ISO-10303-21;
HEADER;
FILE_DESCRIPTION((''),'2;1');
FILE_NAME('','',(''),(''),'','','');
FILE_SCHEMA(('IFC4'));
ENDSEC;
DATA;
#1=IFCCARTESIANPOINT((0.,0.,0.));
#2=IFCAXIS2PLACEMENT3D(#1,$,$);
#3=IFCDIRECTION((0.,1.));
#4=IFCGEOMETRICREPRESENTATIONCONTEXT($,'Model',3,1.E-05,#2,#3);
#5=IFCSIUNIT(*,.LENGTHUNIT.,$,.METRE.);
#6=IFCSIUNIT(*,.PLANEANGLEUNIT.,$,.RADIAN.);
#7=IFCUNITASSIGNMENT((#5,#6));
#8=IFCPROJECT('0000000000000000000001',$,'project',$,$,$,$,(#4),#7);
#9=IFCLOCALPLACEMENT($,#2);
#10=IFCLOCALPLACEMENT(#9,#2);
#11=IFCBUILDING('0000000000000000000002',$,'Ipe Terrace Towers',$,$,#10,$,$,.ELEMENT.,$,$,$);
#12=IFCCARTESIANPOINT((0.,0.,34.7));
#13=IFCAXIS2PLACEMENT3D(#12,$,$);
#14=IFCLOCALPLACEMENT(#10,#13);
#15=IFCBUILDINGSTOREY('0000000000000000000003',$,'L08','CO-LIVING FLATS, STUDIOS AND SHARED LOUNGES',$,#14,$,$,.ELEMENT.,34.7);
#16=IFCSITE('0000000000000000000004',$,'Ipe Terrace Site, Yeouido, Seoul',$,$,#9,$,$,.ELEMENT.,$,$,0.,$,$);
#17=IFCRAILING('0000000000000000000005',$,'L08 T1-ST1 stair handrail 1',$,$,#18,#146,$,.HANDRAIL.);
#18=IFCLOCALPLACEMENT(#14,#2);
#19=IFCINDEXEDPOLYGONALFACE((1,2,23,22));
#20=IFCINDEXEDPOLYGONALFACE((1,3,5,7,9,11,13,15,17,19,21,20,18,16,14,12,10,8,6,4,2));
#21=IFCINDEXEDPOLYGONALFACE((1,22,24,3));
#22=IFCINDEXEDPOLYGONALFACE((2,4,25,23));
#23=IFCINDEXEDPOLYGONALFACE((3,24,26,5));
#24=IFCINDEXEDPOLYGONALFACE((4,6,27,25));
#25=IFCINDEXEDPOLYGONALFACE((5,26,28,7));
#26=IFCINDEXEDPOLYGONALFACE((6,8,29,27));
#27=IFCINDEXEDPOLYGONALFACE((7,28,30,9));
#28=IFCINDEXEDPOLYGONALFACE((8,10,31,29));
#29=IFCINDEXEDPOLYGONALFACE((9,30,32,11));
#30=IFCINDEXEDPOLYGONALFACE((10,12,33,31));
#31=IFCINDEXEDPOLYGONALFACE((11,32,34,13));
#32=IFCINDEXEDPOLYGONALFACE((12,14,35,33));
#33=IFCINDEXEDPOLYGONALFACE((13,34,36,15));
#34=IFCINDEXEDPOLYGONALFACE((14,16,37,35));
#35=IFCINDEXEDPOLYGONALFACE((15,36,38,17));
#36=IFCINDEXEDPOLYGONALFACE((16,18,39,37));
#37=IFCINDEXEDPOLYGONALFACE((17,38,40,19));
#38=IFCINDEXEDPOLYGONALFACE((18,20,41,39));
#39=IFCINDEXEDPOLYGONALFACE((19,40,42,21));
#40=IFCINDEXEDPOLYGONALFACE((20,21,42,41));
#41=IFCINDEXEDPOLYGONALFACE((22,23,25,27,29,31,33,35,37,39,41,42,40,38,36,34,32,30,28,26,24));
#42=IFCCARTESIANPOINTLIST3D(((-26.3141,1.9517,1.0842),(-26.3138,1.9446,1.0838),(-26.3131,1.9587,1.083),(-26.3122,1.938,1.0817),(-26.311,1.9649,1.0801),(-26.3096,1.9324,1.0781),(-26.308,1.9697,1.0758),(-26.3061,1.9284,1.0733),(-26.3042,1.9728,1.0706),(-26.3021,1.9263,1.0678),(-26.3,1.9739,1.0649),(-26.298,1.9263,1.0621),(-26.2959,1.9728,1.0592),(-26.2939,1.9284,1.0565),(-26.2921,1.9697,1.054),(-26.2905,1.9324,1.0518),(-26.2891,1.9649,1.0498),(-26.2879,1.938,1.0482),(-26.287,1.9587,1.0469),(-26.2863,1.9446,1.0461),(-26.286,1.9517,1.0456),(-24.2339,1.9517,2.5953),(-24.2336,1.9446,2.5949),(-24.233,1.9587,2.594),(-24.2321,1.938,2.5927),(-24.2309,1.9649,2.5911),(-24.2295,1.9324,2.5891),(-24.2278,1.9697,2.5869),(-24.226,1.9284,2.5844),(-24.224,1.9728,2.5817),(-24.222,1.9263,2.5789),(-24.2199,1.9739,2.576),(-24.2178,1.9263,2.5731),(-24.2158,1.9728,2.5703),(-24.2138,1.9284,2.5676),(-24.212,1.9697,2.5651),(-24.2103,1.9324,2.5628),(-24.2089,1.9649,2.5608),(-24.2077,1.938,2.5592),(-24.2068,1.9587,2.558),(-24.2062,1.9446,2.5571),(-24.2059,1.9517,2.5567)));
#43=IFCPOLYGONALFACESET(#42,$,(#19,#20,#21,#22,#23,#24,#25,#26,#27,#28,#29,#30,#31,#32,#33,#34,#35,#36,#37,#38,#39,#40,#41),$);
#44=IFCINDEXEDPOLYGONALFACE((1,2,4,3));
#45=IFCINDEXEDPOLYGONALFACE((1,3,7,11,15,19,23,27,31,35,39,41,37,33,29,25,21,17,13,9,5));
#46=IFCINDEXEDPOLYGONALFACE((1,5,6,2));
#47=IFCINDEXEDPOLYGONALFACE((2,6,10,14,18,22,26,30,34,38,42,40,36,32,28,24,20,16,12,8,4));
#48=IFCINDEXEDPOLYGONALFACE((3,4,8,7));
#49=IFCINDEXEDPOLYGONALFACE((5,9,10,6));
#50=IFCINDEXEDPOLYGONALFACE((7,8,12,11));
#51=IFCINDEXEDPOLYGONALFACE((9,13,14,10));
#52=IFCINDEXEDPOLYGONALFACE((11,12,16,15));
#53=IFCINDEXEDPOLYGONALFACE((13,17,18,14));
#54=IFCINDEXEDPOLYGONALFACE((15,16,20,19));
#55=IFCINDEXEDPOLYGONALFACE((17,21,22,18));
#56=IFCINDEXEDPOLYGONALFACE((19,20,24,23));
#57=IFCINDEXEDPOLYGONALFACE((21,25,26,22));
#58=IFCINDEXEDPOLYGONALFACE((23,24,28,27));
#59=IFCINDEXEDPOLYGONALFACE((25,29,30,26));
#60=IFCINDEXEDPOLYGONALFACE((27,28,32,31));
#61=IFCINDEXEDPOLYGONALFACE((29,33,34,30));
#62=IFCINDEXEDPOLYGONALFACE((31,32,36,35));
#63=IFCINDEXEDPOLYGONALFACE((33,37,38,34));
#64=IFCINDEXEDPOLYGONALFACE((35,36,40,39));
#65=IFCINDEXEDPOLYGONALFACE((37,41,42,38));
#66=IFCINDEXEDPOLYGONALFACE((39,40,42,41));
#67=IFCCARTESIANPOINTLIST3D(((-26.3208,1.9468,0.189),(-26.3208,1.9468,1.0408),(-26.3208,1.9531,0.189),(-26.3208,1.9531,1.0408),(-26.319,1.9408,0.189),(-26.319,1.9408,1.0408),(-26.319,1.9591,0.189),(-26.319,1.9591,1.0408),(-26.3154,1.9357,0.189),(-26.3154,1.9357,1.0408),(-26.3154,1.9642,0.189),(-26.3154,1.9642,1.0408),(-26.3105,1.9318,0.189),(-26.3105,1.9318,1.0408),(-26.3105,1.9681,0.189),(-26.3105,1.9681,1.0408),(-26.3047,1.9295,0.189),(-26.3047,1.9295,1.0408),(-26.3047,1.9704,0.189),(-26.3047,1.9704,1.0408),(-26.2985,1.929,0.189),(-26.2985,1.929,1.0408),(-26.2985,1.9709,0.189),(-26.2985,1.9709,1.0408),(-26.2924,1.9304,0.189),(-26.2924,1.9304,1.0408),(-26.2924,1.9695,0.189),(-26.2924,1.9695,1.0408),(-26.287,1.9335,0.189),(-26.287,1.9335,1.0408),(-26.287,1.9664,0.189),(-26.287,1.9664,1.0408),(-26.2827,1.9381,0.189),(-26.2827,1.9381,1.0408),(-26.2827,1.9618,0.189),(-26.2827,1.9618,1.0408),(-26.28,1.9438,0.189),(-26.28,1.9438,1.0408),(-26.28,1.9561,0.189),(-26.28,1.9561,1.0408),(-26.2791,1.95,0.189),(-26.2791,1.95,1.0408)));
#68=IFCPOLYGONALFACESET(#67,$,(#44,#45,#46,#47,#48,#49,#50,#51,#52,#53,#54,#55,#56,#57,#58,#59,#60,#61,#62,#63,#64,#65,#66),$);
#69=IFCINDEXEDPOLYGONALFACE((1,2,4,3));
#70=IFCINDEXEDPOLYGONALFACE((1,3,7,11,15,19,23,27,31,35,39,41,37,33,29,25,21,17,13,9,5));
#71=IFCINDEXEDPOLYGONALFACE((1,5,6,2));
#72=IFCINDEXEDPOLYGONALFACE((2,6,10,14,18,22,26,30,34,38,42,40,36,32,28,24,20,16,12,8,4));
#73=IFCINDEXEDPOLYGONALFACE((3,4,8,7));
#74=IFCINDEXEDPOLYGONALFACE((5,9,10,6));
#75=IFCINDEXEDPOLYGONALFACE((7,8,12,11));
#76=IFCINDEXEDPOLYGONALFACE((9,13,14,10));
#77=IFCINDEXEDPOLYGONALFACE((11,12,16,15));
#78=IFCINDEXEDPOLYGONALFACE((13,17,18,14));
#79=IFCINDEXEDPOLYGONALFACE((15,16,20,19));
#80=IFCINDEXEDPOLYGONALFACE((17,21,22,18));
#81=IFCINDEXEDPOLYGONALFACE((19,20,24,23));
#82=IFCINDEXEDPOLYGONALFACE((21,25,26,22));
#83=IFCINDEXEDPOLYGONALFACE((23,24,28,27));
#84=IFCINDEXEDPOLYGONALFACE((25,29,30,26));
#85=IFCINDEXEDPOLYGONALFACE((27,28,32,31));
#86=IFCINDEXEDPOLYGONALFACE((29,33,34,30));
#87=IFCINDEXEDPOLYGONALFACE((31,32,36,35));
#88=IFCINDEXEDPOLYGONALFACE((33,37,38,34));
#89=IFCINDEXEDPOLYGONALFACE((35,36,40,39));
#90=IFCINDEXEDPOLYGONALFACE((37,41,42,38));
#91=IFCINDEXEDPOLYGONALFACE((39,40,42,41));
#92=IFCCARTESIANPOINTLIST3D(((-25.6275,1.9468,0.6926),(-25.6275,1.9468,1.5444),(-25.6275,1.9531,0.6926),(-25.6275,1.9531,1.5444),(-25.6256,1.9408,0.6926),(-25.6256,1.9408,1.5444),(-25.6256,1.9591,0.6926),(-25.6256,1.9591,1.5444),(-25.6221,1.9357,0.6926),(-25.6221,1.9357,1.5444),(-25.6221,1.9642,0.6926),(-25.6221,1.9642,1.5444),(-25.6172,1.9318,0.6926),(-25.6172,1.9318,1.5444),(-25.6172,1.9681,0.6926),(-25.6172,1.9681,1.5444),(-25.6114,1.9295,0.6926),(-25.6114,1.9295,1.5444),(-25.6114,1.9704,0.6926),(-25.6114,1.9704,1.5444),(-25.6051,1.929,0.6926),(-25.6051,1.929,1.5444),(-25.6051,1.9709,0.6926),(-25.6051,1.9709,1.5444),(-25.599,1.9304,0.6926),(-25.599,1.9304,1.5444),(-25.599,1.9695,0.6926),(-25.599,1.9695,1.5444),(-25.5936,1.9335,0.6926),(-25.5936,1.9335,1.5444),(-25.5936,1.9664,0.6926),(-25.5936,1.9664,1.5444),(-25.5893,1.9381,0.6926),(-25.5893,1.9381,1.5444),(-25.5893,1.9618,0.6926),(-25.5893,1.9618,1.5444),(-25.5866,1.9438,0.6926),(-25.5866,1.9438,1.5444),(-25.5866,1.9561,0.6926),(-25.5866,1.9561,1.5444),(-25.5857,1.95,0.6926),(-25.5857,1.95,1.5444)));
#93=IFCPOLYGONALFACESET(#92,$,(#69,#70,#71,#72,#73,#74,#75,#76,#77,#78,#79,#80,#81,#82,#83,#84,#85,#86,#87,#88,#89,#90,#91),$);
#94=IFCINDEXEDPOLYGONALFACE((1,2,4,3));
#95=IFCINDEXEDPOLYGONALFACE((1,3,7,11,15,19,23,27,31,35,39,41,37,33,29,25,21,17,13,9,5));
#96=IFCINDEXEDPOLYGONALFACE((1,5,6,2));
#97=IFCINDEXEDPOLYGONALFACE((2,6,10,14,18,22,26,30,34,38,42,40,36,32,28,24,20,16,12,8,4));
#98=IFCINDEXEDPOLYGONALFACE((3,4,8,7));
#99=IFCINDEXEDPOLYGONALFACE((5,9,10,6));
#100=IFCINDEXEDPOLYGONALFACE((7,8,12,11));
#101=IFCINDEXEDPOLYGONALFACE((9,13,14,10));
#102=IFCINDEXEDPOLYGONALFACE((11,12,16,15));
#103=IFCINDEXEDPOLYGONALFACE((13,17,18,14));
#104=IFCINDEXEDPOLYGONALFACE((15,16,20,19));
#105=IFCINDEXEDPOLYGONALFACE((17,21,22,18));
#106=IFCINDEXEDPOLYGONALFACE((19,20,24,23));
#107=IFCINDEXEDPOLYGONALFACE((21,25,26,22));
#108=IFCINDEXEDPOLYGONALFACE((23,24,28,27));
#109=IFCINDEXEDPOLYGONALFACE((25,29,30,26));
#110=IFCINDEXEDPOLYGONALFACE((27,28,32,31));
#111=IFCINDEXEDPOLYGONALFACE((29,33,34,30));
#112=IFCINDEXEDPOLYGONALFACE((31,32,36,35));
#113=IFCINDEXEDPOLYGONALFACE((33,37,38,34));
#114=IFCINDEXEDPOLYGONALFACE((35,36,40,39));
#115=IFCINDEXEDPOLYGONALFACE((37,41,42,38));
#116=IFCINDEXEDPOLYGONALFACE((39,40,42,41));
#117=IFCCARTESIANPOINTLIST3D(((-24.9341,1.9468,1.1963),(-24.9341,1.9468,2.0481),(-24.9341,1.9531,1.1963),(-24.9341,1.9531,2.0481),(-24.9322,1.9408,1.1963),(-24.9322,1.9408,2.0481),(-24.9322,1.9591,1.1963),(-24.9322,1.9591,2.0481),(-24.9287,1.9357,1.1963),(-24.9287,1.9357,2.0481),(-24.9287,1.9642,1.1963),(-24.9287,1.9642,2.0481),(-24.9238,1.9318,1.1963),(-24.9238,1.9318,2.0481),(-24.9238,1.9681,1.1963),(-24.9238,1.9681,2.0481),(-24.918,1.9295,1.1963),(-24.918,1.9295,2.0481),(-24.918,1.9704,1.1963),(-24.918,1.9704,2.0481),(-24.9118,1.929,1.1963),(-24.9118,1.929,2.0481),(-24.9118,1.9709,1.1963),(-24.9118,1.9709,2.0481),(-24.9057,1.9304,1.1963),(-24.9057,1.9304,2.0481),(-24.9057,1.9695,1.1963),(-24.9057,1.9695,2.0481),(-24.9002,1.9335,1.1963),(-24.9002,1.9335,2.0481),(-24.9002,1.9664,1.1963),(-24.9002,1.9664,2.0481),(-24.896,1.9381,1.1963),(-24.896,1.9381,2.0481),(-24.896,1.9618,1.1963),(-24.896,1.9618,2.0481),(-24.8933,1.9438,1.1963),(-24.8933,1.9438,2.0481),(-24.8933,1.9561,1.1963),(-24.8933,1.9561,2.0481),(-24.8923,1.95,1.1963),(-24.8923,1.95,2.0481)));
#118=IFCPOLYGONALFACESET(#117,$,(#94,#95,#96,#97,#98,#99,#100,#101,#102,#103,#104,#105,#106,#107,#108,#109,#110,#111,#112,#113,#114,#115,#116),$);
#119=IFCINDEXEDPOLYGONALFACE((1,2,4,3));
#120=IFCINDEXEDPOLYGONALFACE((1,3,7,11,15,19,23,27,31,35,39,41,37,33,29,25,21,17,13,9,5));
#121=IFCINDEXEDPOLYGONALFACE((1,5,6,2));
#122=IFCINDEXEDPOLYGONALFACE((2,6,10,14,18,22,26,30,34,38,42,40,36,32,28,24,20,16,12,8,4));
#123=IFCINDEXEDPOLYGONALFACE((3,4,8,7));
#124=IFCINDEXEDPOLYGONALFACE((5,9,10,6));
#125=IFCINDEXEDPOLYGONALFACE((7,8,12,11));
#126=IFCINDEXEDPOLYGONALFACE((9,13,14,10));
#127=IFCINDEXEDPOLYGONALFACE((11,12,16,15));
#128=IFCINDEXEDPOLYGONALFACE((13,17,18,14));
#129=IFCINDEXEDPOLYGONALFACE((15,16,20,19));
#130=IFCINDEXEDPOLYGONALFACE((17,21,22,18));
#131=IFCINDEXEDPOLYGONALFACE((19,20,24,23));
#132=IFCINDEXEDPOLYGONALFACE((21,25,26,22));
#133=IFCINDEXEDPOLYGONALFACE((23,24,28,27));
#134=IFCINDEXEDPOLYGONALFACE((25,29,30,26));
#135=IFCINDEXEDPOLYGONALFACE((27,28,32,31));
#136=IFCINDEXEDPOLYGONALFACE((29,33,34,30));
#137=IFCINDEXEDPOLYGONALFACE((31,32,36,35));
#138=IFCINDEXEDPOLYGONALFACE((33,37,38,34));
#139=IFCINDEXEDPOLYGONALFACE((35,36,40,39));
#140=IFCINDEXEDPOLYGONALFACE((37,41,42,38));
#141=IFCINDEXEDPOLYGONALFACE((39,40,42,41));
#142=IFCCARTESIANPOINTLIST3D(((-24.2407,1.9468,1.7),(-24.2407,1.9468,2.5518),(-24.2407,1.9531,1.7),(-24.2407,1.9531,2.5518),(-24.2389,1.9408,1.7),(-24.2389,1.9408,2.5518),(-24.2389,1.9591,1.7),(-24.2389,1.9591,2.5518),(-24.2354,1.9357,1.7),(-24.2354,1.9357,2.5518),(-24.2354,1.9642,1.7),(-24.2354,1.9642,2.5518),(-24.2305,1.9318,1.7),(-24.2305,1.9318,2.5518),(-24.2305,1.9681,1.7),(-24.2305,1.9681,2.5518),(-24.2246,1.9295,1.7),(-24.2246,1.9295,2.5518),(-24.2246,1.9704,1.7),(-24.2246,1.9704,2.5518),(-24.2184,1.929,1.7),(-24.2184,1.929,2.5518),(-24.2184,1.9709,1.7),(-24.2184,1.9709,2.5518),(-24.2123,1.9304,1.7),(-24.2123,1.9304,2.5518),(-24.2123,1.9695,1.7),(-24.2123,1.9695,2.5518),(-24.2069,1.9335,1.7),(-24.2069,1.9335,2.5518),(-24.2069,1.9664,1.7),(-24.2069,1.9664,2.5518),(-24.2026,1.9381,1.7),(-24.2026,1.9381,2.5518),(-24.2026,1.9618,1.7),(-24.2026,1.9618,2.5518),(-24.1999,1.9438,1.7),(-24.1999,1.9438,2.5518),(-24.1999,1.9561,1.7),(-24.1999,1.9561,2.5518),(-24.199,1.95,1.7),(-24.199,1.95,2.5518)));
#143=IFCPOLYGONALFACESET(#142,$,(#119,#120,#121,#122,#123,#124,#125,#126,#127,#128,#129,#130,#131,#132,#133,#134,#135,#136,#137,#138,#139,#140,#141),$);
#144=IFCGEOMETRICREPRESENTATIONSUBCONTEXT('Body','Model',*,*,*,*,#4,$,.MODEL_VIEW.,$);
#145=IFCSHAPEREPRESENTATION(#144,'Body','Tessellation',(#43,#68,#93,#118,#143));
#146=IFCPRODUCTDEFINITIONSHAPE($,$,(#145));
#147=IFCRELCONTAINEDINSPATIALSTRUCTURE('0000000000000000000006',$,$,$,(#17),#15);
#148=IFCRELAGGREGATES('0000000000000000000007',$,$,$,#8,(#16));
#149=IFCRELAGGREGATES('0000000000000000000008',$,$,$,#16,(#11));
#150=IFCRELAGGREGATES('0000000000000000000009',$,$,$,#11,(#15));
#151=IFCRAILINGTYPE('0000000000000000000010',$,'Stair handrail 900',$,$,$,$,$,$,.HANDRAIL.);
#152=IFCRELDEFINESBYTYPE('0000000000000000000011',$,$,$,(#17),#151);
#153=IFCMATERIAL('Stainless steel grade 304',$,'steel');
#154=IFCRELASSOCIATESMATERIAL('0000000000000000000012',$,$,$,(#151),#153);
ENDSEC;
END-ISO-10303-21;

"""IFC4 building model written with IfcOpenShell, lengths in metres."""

from ifc_helpers import new_model, si_unit, direction, frame, origin, origin_2d, place, context, subcontext, project, spatial, circle, extrude, material, type_object, element, save


model = new_model("IFC4")

# Units and contexts
model_context = context("Model", 3, precision=1e-05, world=origin(), true_north=direction((0.0, 1.0)))
body_context = subcontext(model_context, "Body", "Model", "MODEL_VIEW")
ifc_project = project(units=[si_unit("LENGTHUNIT", "METRE"), si_unit("PLANEANGLEUNIT", "RADIAN")], contexts=[model_context])

# Site, building, storey
site_placement = place(None, origin())
site = spatial("IfcSite", under=ifc_project, at=site_placement, Name="Ipe Terrace Site, Yeouido, Seoul", CompositionType="ELEMENT", RefElevation=0.0)
building_placement = place(site_placement, origin())
building = spatial("IfcBuilding", under=site, at=building_placement, Name="Ipe Terrace Towers", CompositionType="ELEMENT")
storey_placement = place(building_placement, frame((0.0, 0.0, 34.7)))
storey = spatial("IfcBuildingStorey", under=building, at=storey_placement, Name="L08", Description="CO-LIVING FLATS, STUDIOS AND SHARED LOUNGES", CompositionType="ELEMENT", Elevation=34.7)

# Railing
ifc_material_1 = material(Name="Stainless steel grade 304", Category="steel")
railing_type_1 = type_object("IfcRailingType", Name="Stair handrail 900", PredefinedType="HANDRAIL", material=ifc_material_1)
railing_1_placement = place(storey_placement, frame((-26.3, 1.95, 0.189)))
element("IfcRailing", 1, at=railing_1_placement, inside=storey, type_object=railing_type_1, Name="L08 T1-ST1 stair handrail 1", PredefinedType="HANDRAIL", context=body_context, shape_type="SweptSolid", body=[
    extrude(circle(Radius=0.0239, at=origin_2d()), frame((0.0, 0.0, 0.876), z_axis=(0.809069, 0.0, 0.587714), x_axis=(0.0, 1.0, 0.0)), (0.0, 0.0, 1.0), 2.571),
    extrude(circle(Radius=0.021, at=origin_2d()), origin(), (0.0, 0.0, 1.0), 0.8518),
    extrude(circle(Radius=0.021, at=origin_2d()), frame((0.6934, 0.0, 0.5037)), (0.0, 0.0, 1.0), 0.8518),
    extrude(circle(Radius=0.021, at=origin_2d()), frame((1.3867, 0.0, 1.0073)), (0.0, 0.0, 1.0), 0.8518),
    extrude(circle(Radius=0.021, at=origin_2d()), frame((2.0801, 0.0, 1.511)), (0.0, 0.0, 1.0), 0.8518),
])

save(model, "model.ifc")
